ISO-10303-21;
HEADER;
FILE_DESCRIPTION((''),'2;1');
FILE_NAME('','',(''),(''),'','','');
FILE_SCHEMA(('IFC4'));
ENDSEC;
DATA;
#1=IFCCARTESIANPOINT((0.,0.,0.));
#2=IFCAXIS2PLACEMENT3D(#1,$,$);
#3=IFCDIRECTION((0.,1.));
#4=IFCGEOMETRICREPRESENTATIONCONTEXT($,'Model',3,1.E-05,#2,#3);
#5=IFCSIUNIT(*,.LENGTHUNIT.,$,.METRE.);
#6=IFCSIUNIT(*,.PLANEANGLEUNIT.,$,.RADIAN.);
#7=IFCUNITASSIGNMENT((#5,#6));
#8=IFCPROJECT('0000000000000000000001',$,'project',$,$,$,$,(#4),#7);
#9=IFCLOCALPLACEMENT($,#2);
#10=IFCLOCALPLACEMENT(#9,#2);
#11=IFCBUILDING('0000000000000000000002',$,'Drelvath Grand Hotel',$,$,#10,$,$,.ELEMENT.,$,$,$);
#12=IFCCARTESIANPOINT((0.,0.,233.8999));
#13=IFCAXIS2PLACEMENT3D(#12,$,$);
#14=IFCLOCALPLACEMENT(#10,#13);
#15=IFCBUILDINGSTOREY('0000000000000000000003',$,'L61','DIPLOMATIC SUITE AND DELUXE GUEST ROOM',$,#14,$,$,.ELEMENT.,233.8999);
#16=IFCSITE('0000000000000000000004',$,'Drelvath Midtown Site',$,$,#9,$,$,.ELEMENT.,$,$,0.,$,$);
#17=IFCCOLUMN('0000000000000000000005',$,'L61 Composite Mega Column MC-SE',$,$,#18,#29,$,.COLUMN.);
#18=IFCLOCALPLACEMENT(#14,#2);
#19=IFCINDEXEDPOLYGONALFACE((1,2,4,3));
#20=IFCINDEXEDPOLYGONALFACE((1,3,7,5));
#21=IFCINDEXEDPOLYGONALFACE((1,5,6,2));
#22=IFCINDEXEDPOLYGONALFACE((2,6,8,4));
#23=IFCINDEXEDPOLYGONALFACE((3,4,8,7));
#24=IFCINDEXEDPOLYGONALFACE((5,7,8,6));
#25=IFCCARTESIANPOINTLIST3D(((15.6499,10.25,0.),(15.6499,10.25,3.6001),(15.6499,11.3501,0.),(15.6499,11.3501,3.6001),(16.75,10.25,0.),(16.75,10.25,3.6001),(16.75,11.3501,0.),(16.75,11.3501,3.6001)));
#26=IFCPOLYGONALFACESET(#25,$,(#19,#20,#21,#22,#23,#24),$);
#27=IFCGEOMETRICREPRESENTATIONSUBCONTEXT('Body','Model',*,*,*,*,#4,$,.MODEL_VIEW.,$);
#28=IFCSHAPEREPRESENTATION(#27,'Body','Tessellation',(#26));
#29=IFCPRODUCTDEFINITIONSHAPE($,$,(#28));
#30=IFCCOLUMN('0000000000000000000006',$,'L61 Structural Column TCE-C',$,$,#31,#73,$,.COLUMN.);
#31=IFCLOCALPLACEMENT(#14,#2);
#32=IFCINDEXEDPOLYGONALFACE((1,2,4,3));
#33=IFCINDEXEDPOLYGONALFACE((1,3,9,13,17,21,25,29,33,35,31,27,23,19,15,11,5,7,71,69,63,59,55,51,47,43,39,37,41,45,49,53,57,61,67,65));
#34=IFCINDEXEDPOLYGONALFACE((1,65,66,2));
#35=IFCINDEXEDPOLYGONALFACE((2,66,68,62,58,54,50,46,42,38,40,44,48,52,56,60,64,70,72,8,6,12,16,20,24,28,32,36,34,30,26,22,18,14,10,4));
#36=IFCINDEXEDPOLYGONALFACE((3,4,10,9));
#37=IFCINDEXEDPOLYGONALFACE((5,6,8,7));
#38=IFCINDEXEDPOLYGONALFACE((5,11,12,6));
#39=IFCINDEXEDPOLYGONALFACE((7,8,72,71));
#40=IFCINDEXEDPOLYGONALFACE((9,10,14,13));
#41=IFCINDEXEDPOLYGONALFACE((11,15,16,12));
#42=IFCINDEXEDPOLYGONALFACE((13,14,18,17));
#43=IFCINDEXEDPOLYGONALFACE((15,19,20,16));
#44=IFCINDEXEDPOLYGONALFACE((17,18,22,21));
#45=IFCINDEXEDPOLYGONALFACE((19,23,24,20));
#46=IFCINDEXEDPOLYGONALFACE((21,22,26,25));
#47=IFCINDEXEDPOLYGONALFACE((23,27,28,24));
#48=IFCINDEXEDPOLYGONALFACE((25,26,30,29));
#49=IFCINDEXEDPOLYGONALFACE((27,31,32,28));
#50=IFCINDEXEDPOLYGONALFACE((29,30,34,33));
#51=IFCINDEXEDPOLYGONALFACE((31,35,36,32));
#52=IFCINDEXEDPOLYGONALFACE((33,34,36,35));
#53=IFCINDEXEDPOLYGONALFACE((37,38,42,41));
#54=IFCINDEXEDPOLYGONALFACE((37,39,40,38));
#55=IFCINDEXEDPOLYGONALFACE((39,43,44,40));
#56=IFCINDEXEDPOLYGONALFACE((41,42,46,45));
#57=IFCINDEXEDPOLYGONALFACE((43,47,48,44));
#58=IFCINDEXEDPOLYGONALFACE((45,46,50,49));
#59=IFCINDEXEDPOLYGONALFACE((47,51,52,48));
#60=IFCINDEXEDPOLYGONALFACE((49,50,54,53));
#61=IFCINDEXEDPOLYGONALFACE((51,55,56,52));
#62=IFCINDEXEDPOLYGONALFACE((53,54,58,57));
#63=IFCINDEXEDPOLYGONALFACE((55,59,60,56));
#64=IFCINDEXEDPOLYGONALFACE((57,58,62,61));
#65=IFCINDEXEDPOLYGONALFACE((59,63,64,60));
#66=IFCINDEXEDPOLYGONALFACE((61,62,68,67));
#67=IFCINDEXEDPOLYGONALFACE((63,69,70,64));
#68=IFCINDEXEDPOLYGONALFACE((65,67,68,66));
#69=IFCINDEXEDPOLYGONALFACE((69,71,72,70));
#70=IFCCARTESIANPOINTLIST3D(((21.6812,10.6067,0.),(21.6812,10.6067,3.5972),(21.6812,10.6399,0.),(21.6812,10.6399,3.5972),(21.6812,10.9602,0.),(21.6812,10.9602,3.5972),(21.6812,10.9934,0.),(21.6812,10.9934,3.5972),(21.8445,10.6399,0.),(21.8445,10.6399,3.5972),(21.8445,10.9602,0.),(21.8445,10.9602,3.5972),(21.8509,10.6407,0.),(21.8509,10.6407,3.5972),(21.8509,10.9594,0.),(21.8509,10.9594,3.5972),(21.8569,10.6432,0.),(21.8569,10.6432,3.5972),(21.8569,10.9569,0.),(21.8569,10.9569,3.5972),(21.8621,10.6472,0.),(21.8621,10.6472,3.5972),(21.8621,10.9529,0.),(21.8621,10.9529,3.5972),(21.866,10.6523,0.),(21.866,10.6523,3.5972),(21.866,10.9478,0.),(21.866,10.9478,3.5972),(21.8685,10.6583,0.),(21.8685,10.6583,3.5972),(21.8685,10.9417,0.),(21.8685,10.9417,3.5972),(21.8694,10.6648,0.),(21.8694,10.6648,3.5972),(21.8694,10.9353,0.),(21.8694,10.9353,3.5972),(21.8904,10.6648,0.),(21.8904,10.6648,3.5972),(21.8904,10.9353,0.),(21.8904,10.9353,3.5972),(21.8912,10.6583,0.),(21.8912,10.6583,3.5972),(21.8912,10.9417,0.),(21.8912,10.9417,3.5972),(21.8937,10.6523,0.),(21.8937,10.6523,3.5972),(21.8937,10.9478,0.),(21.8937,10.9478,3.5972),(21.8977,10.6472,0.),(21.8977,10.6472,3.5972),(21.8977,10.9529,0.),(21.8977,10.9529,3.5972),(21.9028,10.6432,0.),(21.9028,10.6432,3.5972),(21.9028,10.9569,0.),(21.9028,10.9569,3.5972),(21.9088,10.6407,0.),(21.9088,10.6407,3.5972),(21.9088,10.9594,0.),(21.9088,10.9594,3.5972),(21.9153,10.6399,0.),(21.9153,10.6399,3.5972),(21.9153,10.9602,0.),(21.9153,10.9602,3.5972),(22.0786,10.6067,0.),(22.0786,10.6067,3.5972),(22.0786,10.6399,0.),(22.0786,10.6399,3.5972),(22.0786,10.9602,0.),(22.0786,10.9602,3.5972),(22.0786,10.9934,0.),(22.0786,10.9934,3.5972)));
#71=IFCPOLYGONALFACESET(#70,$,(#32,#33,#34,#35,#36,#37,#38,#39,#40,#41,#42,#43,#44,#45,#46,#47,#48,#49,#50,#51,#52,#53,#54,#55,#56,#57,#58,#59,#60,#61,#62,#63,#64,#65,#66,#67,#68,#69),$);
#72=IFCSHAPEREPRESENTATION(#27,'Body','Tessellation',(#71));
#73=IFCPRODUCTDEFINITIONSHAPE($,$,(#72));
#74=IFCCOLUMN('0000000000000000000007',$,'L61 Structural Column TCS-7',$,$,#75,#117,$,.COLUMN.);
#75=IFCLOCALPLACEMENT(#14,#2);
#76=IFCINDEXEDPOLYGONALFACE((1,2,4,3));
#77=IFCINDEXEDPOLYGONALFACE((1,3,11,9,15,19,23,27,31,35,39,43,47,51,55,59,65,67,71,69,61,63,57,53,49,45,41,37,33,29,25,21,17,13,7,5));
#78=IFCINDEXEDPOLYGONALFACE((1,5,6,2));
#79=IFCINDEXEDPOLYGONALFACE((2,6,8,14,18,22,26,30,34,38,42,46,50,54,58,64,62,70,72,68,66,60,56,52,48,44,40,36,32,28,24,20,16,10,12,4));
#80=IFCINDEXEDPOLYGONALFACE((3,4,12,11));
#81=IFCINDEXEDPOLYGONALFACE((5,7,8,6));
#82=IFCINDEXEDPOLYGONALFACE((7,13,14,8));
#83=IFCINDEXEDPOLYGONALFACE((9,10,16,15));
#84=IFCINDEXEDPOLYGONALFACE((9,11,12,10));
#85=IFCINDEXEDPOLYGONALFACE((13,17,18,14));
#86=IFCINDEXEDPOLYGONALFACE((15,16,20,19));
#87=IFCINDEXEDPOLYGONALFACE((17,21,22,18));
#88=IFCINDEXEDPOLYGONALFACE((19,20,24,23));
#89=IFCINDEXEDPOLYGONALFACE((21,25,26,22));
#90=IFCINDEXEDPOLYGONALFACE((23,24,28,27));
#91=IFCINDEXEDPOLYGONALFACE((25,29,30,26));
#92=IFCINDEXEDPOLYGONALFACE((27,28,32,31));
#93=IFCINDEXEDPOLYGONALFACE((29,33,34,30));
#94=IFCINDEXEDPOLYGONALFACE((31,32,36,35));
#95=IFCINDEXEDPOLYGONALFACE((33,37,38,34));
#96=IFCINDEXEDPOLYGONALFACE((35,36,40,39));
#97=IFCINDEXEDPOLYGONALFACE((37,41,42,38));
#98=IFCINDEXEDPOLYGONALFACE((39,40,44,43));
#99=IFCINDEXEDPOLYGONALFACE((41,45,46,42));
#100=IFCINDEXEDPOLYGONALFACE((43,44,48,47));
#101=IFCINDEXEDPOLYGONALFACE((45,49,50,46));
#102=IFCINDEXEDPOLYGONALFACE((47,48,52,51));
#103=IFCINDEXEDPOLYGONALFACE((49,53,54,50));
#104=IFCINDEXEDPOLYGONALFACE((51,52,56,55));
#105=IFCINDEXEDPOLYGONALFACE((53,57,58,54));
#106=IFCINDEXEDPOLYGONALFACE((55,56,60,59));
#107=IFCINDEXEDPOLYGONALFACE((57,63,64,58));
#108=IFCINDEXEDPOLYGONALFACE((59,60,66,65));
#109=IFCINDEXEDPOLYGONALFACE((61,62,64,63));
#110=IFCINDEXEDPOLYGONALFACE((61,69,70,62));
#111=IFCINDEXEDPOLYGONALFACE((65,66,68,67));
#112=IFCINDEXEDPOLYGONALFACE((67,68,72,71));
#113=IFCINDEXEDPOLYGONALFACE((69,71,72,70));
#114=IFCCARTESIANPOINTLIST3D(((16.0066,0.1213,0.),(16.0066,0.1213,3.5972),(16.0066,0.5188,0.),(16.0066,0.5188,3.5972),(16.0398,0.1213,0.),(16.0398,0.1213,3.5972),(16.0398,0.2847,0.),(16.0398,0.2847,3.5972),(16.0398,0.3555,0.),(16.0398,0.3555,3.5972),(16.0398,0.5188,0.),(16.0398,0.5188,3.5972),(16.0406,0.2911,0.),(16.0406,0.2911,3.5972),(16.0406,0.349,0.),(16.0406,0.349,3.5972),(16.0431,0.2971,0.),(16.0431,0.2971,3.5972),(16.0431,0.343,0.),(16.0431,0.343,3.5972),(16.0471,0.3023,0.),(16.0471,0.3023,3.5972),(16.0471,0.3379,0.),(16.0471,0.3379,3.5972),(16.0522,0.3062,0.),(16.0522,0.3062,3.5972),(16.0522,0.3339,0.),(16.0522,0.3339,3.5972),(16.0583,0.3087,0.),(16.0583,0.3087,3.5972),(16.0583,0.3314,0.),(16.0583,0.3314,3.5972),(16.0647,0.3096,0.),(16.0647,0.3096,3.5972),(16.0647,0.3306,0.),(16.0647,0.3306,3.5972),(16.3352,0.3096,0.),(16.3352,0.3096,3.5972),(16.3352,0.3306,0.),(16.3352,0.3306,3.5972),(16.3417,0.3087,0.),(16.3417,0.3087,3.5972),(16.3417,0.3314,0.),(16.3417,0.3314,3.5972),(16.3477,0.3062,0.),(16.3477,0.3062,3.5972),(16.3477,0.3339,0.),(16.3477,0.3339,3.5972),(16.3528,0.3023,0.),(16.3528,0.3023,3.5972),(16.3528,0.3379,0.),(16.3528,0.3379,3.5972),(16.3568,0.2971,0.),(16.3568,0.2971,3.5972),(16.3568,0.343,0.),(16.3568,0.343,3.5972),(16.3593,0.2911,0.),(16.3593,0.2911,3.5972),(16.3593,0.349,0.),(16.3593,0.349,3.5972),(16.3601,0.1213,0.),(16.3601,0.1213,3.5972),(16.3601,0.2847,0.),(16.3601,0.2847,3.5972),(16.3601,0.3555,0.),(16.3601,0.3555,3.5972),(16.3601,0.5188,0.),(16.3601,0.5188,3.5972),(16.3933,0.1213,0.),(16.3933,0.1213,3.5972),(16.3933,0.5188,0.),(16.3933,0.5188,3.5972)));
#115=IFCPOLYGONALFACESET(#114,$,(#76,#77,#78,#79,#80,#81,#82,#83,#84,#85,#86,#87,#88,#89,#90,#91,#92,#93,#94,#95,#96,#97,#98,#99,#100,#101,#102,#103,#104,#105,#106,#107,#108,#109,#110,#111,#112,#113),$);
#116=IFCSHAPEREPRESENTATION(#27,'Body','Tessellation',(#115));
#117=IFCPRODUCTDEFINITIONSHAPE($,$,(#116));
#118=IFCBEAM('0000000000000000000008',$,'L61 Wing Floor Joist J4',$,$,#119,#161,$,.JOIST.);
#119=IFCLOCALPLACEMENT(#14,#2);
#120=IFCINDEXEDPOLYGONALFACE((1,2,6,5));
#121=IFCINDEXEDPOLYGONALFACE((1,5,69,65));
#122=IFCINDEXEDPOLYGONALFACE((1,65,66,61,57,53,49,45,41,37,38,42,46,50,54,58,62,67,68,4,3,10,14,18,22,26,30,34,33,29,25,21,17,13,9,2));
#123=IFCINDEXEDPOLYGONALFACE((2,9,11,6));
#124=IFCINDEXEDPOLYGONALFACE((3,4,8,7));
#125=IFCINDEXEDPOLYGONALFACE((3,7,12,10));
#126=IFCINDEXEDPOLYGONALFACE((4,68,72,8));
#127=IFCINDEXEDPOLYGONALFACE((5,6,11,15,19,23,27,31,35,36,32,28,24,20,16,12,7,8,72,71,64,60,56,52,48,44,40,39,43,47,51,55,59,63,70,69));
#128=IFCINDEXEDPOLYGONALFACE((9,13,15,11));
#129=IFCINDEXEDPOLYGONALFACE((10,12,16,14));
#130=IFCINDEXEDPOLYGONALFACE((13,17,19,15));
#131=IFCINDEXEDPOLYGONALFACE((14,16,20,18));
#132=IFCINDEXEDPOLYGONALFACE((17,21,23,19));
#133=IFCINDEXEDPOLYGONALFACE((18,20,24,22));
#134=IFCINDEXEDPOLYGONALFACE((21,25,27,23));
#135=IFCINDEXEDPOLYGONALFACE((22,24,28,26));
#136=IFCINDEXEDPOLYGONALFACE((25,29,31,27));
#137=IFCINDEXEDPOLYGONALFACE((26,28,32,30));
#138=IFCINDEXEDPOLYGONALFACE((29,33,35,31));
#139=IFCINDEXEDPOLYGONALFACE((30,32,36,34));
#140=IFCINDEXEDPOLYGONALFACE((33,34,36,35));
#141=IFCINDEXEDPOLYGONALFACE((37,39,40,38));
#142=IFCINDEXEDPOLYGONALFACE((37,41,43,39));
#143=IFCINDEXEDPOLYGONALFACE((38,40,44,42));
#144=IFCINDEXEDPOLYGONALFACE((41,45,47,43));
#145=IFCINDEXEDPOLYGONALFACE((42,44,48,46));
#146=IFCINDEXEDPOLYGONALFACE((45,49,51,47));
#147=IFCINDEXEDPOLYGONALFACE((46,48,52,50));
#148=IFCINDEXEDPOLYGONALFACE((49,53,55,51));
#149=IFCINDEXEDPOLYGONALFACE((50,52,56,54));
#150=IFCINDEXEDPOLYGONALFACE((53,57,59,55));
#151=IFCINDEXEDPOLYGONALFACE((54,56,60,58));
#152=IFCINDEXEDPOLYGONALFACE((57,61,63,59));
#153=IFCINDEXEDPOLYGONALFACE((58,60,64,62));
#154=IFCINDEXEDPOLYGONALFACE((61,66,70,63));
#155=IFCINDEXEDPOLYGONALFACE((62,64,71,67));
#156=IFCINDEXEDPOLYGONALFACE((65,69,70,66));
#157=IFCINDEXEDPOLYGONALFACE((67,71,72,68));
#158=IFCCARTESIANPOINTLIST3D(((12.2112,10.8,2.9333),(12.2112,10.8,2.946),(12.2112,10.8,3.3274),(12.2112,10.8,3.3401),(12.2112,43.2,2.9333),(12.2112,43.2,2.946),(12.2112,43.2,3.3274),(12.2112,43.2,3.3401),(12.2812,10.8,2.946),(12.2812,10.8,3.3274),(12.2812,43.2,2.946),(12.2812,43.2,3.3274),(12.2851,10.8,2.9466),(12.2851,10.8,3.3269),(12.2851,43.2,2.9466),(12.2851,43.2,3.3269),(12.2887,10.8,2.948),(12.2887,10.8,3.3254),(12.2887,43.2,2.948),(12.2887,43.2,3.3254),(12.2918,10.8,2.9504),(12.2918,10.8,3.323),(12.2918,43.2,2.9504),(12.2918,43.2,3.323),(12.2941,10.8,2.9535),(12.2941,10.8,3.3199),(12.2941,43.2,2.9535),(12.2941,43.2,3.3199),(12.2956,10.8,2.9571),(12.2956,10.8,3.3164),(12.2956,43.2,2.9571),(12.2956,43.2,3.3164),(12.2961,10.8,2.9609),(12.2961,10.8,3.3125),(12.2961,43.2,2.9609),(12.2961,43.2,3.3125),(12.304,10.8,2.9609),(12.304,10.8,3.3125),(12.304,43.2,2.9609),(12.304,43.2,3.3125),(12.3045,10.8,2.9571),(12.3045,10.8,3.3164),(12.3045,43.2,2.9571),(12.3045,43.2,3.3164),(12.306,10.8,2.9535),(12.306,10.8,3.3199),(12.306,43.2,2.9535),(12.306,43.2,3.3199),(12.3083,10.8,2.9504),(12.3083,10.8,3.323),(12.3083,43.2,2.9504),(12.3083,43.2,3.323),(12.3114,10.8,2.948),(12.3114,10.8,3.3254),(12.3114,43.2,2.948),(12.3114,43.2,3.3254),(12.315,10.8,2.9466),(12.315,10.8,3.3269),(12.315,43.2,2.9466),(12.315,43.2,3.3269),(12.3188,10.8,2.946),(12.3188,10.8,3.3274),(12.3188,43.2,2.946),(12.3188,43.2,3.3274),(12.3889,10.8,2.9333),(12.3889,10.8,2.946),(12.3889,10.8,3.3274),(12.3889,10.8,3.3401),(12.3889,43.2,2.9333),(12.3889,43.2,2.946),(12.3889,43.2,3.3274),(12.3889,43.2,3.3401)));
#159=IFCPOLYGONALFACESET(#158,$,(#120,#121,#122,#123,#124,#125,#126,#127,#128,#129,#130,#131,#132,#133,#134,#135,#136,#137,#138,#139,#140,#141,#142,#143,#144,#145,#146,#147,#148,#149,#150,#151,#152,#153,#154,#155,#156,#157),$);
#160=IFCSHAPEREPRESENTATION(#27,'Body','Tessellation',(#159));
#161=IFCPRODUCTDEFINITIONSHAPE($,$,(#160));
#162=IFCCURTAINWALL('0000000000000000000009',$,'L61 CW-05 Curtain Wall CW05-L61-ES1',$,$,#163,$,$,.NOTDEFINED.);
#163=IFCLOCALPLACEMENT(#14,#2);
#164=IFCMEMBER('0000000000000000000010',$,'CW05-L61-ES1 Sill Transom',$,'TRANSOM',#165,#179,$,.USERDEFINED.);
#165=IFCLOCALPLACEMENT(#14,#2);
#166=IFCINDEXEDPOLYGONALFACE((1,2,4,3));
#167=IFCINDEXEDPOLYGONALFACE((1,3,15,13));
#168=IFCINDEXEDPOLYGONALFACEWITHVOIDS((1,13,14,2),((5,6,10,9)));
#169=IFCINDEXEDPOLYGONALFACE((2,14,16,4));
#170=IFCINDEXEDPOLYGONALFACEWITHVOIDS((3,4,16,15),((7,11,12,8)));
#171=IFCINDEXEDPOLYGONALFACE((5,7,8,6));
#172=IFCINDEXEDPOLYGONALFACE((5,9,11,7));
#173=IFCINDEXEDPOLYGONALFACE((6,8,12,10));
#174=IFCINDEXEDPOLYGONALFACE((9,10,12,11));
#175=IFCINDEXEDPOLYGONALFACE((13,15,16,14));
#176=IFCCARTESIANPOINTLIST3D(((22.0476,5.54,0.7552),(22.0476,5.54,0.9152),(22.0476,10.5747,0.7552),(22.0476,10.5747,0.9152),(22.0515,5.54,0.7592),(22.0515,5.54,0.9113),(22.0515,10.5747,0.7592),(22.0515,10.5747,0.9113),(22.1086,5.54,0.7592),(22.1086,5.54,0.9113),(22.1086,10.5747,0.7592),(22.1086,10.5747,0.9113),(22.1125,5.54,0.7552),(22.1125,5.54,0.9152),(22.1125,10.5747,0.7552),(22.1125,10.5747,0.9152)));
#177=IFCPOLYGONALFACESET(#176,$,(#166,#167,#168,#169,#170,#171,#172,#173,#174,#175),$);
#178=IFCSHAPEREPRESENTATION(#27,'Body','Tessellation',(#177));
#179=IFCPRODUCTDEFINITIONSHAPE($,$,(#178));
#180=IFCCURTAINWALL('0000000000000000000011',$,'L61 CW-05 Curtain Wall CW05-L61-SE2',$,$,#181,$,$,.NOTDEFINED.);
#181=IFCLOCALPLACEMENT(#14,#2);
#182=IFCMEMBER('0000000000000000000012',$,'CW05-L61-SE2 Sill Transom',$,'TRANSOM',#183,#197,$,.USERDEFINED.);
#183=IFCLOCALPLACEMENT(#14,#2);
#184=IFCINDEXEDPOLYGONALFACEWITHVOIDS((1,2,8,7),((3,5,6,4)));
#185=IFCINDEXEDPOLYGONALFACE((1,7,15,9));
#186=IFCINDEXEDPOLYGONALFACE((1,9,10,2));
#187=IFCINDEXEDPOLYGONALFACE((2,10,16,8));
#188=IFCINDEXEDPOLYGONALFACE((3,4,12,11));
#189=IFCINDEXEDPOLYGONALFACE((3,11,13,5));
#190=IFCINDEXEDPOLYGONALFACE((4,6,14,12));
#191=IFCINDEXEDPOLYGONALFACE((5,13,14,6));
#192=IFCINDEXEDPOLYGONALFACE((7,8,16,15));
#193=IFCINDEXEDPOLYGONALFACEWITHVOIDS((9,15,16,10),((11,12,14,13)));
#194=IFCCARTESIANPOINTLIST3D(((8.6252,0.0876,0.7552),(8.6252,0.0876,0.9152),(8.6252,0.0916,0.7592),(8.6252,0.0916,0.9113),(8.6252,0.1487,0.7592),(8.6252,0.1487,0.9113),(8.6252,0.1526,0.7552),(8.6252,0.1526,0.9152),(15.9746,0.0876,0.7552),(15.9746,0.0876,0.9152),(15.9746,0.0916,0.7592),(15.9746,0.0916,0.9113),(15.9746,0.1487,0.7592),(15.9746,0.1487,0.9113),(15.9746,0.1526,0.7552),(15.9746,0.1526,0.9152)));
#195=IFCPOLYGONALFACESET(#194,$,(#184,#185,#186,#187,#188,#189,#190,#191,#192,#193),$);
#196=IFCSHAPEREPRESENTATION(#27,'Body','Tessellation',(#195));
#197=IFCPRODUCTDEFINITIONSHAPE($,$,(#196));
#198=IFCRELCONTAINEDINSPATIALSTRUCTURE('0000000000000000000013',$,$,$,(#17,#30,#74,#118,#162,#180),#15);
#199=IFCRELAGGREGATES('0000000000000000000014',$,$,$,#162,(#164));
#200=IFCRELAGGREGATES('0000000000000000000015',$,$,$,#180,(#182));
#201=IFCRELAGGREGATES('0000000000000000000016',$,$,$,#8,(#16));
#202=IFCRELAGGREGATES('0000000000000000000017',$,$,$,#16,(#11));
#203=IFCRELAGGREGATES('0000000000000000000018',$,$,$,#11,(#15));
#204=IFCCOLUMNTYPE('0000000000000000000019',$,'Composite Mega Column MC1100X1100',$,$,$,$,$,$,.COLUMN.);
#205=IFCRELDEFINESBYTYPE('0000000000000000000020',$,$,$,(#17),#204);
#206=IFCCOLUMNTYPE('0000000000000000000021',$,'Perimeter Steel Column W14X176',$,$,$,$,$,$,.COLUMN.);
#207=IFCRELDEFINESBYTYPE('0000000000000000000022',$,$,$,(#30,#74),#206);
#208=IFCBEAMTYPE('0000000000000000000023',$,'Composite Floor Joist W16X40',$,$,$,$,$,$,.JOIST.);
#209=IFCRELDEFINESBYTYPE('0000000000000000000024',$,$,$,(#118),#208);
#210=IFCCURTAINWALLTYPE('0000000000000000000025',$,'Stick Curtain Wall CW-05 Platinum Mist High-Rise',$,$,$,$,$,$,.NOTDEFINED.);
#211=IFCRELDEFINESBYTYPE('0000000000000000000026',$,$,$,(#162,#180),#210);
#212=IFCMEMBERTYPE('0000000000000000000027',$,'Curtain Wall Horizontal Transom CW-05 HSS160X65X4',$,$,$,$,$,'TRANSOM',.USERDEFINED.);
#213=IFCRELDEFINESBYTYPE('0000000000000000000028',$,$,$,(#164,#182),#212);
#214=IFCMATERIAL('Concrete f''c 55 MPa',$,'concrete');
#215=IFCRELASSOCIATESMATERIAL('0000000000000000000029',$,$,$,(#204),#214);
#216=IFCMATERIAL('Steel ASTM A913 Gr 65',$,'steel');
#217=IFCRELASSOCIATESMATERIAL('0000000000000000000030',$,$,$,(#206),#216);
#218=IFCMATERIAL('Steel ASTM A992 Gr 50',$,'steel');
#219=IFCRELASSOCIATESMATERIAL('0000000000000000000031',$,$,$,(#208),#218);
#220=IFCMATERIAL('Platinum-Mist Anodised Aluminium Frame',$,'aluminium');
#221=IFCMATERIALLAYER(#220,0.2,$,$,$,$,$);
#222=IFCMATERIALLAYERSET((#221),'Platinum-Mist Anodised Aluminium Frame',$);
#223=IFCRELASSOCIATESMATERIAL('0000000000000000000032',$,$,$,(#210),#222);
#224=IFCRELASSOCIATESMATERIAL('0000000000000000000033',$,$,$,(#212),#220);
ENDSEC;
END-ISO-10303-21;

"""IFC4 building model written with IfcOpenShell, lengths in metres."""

from ifc_helpers import new_model, si_unit, direction, frame, origin, origin_2d, place, context, subcontext, project, spatial, rectangle, hollow_rectangle, i_section, extrude, material, layer, layer_set, material_profile, profile_set, type_object, element, aggregate, save


model = new_model("IFC4")

# Units and contexts
model_context = context("Model", 3, precision=1e-05, world=origin(), true_north=direction((0.0, 1.0)))
body_context = subcontext(model_context, "Body", "Model", "MODEL_VIEW")
ifc_project = project(units=[si_unit("LENGTHUNIT", "METRE"), si_unit("PLANEANGLEUNIT", "RADIAN")], contexts=[model_context])

# Site, building, storey
site_placement = place(None, origin())
site = spatial("IfcSite", under=ifc_project, at=site_placement, Name="Drelvath Midtown Site", CompositionType="ELEMENT", RefElevation=0.0)
building_placement = place(site_placement, origin())
building = spatial("IfcBuilding", under=site, at=building_placement, Name="Drelvath Grand Hotel", CompositionType="ELEMENT")
storey_placement = place(building_placement, frame((0.0, 0.0, 233.8999)))
storey = spatial("IfcBuildingStorey", under=building, at=storey_placement, Name="L61", Description="DIPLOMATIC SUITE AND DELUXE GUEST ROOM", CompositionType="ELEMENT", Elevation=233.8999)

# Columns
ifc_material_1 = material(Name="Concrete f'c 55 MPa", Category="concrete")
ifc_material_profile_1 = material_profile(ifc_material_1, rectangle(XDim=1.1001, YDim=1.1001, at=origin_2d()), Name="MC1100X1100")
ifc_profile_set_1 = profile_set([ifc_material_profile_1], Name="Concrete f'c 55 MPa")
column_type_1 = type_object("IfcColumnType", Name="Composite Mega Column MC1100X1100", PredefinedType="COLUMN", material=ifc_profile_set_1)
column_placement = place(storey_placement, frame((16.2, 10.8, 0.0), z_axis=(0.0, 0.0, 1.0), x_axis=(1.0, 0.0, 0.0)))
element("IfcColumn", 1, at=column_placement, inside=storey, type_object=column_type_1, Name="L61 Composite Mega Column MC-SE", PredefinedType="COLUMN", context=body_context, shape_type="SweptSolid", body=[
    extrude(rectangle(XDim=1.1001, YDim=1.1001, at=origin_2d()), origin(), (0.0, 0.0, 1.0), 3.6001),
])
ifc_material_2 = material(Name="Steel ASTM A913 Gr 65", Category="steel")
ifc_material_profile_2 = material_profile(ifc_material_2, i_section(OverallWidth=0.3975, OverallDepth=0.3867, WebThickness=0.021, FlangeThickness=0.0332, FilletRadius=0.0249, at=origin_2d()), Name="W14X176")
ifc_profile_set_2 = profile_set([ifc_material_profile_2], Name="Steel ASTM A913 Gr 65")
column_type_2 = type_object("IfcColumnType", Name="Perimeter Steel Column W14X176", PredefinedType="COLUMN", material=ifc_profile_set_2)
for number, where, z_axis, x_axis, name in (
    (2, (21.8799, 10.8, 0.0), (0.0, 0.0, 1.0), (1.0, 0.0, 0.0), "L61 Structural Column TCE-C"),
    (3, (16.2, 0.3201, 0.0), (0.0, 0.0, 1.0), (0.0, 1.0, 0.0), "L61 Structural Column TCS-7"),
):
    element("IfcColumn", number, at=place(storey_placement, frame(where, z_axis=z_axis, x_axis=x_axis)), inside=storey, type_object=column_type_2, Name=name, PredefinedType="COLUMN", context=body_context, shape_type="SweptSolid", body=[
        extrude(i_section(OverallWidth=0.3975, OverallDepth=0.3867, WebThickness=0.021, FlangeThickness=0.0332, FilletRadius=0.0249, at=origin_2d()), origin(), (0.0, 0.0, 1.0), 3.5972),
    ])

# Beam
ifc_material_3 = material(Name="Steel ASTM A992 Gr 50", Category="steel")
ifc_material_profile_3 = material_profile(ifc_material_3, i_section(OverallWidth=0.1777, OverallDepth=0.4067, WebThickness=0.0078, FlangeThickness=0.0127, FilletRadius=0.0149, at=origin_2d()), Name="W16X40")
ifc_profile_set_3 = profile_set([ifc_material_profile_3], Name="Steel ASTM A992 Gr 50")
beam_type_1 = type_object("IfcBeamType", Name="Composite Floor Joist W16X40", PredefinedType="JOIST", material=ifc_profile_set_3)
beam_1_placement = place(storey_placement, frame((12.3, 10.8, 3.1367), z_axis=(0.0, 1.0, 0.0), x_axis=(-1.0, 0.0, 0.0)))
element("IfcBeam", 4, at=beam_1_placement, inside=storey, type_object=beam_type_1, Name="L61 Wing Floor Joist J4", PredefinedType="JOIST", context=body_context, shape_type="SweptSolid", body=[
    extrude(i_section(OverallWidth=0.1777, OverallDepth=0.4067, WebThickness=0.0078, FlangeThickness=0.0127, FilletRadius=0.0149, at=origin_2d()), origin(), (0.0, 0.0, 1.0), 32.3999),
])

# Curtain walls, members
ifc_material_4 = material(Name="Platinum-Mist Anodised Aluminium Frame", Category="aluminium")
ifc_layer_1 = layer(ifc_material_4, 0.2)
ifc_layer_set_1 = layer_set([ifc_layer_1], Name="Platinum-Mist Anodised Aluminium Frame")
curtain_wall_type = type_object("IfcCurtainWallType", Name="Stick Curtain Wall CW-05 Platinum Mist High-Rise", PredefinedType="NOTDEFINED", material=ifc_layer_set_1)
curtain_wall_1_placement = place(storey_placement, origin())
curtain_wall_1 = element("IfcCurtainWall", 5, at=curtain_wall_1_placement, inside=storey, type_object=curtain_wall_type, Name="L61 CW-05 Curtain Wall CW05-L61-ES1", PredefinedType="NOTDEFINED")
ifc_material_profile_4 = material_profile(ifc_material_4, hollow_rectangle(XDim=0.0649, YDim=0.1599, WallThickness=0.0039, at=origin_2d()), Name="HSS160X65X4")
ifc_profile_set_4 = profile_set([ifc_material_profile_4], Name="Platinum-Mist Anodised Aluminium Frame")
member_type_1 = type_object("IfcMemberType", Name="Curtain Wall Horizontal Transom CW-05 HSS160X65X4", ElementType="TRANSOM", PredefinedType="USERDEFINED", material=ifc_profile_set_4)
member_1_placement = place(storey_placement, frame((22.0801, 10.5747, 0.8352), z_axis=(0.0, -1.0, 0.0), x_axis=(1.0, 0.0, 0.0)))
member_1 = element("IfcMember", 6, at=member_1_placement, type_object=member_type_1, Name="CW05-L61-ES1 Sill Transom", ObjectType="TRANSOM", PredefinedType="USERDEFINED", context=body_context, shape_type="SweptSolid", body=[
    extrude(hollow_rectangle(XDim=0.0649, YDim=0.1599, WallThickness=0.0039, at=origin_2d()), origin(), (0.0, 0.0, 1.0), 5.0347),
])
curtain_wall_2_placement = place(storey_placement, origin())
curtain_wall_2 = element("IfcCurtainWall", 7, at=curtain_wall_2_placement, inside=storey, type_object=curtain_wall_type, Name="L61 CW-05 Curtain Wall CW05-L61-SE2", PredefinedType="NOTDEFINED")
member_2_placement = place(storey_placement, frame((15.9746, 0.1201, 0.8352), z_axis=(-1.0, 0.0, 0.0), x_axis=(0.0, -1.0, 0.0)))
member_2 = element("IfcMember", 8, at=member_2_placement, type_object=member_type_1, Name="CW05-L61-SE2 Sill Transom", ObjectType="TRANSOM", PredefinedType="USERDEFINED", context=body_context, shape_type="SweptSolid", body=[
    extrude(hollow_rectangle(XDim=0.0649, YDim=0.1599, WallThickness=0.0039, at=origin_2d()), origin(), (0.0, 0.0, 1.0), 7.3494),
])

aggregate(curtain_wall_1, [member_1])
aggregate(curtain_wall_2, [member_2])

save(model, "model.ifc")
